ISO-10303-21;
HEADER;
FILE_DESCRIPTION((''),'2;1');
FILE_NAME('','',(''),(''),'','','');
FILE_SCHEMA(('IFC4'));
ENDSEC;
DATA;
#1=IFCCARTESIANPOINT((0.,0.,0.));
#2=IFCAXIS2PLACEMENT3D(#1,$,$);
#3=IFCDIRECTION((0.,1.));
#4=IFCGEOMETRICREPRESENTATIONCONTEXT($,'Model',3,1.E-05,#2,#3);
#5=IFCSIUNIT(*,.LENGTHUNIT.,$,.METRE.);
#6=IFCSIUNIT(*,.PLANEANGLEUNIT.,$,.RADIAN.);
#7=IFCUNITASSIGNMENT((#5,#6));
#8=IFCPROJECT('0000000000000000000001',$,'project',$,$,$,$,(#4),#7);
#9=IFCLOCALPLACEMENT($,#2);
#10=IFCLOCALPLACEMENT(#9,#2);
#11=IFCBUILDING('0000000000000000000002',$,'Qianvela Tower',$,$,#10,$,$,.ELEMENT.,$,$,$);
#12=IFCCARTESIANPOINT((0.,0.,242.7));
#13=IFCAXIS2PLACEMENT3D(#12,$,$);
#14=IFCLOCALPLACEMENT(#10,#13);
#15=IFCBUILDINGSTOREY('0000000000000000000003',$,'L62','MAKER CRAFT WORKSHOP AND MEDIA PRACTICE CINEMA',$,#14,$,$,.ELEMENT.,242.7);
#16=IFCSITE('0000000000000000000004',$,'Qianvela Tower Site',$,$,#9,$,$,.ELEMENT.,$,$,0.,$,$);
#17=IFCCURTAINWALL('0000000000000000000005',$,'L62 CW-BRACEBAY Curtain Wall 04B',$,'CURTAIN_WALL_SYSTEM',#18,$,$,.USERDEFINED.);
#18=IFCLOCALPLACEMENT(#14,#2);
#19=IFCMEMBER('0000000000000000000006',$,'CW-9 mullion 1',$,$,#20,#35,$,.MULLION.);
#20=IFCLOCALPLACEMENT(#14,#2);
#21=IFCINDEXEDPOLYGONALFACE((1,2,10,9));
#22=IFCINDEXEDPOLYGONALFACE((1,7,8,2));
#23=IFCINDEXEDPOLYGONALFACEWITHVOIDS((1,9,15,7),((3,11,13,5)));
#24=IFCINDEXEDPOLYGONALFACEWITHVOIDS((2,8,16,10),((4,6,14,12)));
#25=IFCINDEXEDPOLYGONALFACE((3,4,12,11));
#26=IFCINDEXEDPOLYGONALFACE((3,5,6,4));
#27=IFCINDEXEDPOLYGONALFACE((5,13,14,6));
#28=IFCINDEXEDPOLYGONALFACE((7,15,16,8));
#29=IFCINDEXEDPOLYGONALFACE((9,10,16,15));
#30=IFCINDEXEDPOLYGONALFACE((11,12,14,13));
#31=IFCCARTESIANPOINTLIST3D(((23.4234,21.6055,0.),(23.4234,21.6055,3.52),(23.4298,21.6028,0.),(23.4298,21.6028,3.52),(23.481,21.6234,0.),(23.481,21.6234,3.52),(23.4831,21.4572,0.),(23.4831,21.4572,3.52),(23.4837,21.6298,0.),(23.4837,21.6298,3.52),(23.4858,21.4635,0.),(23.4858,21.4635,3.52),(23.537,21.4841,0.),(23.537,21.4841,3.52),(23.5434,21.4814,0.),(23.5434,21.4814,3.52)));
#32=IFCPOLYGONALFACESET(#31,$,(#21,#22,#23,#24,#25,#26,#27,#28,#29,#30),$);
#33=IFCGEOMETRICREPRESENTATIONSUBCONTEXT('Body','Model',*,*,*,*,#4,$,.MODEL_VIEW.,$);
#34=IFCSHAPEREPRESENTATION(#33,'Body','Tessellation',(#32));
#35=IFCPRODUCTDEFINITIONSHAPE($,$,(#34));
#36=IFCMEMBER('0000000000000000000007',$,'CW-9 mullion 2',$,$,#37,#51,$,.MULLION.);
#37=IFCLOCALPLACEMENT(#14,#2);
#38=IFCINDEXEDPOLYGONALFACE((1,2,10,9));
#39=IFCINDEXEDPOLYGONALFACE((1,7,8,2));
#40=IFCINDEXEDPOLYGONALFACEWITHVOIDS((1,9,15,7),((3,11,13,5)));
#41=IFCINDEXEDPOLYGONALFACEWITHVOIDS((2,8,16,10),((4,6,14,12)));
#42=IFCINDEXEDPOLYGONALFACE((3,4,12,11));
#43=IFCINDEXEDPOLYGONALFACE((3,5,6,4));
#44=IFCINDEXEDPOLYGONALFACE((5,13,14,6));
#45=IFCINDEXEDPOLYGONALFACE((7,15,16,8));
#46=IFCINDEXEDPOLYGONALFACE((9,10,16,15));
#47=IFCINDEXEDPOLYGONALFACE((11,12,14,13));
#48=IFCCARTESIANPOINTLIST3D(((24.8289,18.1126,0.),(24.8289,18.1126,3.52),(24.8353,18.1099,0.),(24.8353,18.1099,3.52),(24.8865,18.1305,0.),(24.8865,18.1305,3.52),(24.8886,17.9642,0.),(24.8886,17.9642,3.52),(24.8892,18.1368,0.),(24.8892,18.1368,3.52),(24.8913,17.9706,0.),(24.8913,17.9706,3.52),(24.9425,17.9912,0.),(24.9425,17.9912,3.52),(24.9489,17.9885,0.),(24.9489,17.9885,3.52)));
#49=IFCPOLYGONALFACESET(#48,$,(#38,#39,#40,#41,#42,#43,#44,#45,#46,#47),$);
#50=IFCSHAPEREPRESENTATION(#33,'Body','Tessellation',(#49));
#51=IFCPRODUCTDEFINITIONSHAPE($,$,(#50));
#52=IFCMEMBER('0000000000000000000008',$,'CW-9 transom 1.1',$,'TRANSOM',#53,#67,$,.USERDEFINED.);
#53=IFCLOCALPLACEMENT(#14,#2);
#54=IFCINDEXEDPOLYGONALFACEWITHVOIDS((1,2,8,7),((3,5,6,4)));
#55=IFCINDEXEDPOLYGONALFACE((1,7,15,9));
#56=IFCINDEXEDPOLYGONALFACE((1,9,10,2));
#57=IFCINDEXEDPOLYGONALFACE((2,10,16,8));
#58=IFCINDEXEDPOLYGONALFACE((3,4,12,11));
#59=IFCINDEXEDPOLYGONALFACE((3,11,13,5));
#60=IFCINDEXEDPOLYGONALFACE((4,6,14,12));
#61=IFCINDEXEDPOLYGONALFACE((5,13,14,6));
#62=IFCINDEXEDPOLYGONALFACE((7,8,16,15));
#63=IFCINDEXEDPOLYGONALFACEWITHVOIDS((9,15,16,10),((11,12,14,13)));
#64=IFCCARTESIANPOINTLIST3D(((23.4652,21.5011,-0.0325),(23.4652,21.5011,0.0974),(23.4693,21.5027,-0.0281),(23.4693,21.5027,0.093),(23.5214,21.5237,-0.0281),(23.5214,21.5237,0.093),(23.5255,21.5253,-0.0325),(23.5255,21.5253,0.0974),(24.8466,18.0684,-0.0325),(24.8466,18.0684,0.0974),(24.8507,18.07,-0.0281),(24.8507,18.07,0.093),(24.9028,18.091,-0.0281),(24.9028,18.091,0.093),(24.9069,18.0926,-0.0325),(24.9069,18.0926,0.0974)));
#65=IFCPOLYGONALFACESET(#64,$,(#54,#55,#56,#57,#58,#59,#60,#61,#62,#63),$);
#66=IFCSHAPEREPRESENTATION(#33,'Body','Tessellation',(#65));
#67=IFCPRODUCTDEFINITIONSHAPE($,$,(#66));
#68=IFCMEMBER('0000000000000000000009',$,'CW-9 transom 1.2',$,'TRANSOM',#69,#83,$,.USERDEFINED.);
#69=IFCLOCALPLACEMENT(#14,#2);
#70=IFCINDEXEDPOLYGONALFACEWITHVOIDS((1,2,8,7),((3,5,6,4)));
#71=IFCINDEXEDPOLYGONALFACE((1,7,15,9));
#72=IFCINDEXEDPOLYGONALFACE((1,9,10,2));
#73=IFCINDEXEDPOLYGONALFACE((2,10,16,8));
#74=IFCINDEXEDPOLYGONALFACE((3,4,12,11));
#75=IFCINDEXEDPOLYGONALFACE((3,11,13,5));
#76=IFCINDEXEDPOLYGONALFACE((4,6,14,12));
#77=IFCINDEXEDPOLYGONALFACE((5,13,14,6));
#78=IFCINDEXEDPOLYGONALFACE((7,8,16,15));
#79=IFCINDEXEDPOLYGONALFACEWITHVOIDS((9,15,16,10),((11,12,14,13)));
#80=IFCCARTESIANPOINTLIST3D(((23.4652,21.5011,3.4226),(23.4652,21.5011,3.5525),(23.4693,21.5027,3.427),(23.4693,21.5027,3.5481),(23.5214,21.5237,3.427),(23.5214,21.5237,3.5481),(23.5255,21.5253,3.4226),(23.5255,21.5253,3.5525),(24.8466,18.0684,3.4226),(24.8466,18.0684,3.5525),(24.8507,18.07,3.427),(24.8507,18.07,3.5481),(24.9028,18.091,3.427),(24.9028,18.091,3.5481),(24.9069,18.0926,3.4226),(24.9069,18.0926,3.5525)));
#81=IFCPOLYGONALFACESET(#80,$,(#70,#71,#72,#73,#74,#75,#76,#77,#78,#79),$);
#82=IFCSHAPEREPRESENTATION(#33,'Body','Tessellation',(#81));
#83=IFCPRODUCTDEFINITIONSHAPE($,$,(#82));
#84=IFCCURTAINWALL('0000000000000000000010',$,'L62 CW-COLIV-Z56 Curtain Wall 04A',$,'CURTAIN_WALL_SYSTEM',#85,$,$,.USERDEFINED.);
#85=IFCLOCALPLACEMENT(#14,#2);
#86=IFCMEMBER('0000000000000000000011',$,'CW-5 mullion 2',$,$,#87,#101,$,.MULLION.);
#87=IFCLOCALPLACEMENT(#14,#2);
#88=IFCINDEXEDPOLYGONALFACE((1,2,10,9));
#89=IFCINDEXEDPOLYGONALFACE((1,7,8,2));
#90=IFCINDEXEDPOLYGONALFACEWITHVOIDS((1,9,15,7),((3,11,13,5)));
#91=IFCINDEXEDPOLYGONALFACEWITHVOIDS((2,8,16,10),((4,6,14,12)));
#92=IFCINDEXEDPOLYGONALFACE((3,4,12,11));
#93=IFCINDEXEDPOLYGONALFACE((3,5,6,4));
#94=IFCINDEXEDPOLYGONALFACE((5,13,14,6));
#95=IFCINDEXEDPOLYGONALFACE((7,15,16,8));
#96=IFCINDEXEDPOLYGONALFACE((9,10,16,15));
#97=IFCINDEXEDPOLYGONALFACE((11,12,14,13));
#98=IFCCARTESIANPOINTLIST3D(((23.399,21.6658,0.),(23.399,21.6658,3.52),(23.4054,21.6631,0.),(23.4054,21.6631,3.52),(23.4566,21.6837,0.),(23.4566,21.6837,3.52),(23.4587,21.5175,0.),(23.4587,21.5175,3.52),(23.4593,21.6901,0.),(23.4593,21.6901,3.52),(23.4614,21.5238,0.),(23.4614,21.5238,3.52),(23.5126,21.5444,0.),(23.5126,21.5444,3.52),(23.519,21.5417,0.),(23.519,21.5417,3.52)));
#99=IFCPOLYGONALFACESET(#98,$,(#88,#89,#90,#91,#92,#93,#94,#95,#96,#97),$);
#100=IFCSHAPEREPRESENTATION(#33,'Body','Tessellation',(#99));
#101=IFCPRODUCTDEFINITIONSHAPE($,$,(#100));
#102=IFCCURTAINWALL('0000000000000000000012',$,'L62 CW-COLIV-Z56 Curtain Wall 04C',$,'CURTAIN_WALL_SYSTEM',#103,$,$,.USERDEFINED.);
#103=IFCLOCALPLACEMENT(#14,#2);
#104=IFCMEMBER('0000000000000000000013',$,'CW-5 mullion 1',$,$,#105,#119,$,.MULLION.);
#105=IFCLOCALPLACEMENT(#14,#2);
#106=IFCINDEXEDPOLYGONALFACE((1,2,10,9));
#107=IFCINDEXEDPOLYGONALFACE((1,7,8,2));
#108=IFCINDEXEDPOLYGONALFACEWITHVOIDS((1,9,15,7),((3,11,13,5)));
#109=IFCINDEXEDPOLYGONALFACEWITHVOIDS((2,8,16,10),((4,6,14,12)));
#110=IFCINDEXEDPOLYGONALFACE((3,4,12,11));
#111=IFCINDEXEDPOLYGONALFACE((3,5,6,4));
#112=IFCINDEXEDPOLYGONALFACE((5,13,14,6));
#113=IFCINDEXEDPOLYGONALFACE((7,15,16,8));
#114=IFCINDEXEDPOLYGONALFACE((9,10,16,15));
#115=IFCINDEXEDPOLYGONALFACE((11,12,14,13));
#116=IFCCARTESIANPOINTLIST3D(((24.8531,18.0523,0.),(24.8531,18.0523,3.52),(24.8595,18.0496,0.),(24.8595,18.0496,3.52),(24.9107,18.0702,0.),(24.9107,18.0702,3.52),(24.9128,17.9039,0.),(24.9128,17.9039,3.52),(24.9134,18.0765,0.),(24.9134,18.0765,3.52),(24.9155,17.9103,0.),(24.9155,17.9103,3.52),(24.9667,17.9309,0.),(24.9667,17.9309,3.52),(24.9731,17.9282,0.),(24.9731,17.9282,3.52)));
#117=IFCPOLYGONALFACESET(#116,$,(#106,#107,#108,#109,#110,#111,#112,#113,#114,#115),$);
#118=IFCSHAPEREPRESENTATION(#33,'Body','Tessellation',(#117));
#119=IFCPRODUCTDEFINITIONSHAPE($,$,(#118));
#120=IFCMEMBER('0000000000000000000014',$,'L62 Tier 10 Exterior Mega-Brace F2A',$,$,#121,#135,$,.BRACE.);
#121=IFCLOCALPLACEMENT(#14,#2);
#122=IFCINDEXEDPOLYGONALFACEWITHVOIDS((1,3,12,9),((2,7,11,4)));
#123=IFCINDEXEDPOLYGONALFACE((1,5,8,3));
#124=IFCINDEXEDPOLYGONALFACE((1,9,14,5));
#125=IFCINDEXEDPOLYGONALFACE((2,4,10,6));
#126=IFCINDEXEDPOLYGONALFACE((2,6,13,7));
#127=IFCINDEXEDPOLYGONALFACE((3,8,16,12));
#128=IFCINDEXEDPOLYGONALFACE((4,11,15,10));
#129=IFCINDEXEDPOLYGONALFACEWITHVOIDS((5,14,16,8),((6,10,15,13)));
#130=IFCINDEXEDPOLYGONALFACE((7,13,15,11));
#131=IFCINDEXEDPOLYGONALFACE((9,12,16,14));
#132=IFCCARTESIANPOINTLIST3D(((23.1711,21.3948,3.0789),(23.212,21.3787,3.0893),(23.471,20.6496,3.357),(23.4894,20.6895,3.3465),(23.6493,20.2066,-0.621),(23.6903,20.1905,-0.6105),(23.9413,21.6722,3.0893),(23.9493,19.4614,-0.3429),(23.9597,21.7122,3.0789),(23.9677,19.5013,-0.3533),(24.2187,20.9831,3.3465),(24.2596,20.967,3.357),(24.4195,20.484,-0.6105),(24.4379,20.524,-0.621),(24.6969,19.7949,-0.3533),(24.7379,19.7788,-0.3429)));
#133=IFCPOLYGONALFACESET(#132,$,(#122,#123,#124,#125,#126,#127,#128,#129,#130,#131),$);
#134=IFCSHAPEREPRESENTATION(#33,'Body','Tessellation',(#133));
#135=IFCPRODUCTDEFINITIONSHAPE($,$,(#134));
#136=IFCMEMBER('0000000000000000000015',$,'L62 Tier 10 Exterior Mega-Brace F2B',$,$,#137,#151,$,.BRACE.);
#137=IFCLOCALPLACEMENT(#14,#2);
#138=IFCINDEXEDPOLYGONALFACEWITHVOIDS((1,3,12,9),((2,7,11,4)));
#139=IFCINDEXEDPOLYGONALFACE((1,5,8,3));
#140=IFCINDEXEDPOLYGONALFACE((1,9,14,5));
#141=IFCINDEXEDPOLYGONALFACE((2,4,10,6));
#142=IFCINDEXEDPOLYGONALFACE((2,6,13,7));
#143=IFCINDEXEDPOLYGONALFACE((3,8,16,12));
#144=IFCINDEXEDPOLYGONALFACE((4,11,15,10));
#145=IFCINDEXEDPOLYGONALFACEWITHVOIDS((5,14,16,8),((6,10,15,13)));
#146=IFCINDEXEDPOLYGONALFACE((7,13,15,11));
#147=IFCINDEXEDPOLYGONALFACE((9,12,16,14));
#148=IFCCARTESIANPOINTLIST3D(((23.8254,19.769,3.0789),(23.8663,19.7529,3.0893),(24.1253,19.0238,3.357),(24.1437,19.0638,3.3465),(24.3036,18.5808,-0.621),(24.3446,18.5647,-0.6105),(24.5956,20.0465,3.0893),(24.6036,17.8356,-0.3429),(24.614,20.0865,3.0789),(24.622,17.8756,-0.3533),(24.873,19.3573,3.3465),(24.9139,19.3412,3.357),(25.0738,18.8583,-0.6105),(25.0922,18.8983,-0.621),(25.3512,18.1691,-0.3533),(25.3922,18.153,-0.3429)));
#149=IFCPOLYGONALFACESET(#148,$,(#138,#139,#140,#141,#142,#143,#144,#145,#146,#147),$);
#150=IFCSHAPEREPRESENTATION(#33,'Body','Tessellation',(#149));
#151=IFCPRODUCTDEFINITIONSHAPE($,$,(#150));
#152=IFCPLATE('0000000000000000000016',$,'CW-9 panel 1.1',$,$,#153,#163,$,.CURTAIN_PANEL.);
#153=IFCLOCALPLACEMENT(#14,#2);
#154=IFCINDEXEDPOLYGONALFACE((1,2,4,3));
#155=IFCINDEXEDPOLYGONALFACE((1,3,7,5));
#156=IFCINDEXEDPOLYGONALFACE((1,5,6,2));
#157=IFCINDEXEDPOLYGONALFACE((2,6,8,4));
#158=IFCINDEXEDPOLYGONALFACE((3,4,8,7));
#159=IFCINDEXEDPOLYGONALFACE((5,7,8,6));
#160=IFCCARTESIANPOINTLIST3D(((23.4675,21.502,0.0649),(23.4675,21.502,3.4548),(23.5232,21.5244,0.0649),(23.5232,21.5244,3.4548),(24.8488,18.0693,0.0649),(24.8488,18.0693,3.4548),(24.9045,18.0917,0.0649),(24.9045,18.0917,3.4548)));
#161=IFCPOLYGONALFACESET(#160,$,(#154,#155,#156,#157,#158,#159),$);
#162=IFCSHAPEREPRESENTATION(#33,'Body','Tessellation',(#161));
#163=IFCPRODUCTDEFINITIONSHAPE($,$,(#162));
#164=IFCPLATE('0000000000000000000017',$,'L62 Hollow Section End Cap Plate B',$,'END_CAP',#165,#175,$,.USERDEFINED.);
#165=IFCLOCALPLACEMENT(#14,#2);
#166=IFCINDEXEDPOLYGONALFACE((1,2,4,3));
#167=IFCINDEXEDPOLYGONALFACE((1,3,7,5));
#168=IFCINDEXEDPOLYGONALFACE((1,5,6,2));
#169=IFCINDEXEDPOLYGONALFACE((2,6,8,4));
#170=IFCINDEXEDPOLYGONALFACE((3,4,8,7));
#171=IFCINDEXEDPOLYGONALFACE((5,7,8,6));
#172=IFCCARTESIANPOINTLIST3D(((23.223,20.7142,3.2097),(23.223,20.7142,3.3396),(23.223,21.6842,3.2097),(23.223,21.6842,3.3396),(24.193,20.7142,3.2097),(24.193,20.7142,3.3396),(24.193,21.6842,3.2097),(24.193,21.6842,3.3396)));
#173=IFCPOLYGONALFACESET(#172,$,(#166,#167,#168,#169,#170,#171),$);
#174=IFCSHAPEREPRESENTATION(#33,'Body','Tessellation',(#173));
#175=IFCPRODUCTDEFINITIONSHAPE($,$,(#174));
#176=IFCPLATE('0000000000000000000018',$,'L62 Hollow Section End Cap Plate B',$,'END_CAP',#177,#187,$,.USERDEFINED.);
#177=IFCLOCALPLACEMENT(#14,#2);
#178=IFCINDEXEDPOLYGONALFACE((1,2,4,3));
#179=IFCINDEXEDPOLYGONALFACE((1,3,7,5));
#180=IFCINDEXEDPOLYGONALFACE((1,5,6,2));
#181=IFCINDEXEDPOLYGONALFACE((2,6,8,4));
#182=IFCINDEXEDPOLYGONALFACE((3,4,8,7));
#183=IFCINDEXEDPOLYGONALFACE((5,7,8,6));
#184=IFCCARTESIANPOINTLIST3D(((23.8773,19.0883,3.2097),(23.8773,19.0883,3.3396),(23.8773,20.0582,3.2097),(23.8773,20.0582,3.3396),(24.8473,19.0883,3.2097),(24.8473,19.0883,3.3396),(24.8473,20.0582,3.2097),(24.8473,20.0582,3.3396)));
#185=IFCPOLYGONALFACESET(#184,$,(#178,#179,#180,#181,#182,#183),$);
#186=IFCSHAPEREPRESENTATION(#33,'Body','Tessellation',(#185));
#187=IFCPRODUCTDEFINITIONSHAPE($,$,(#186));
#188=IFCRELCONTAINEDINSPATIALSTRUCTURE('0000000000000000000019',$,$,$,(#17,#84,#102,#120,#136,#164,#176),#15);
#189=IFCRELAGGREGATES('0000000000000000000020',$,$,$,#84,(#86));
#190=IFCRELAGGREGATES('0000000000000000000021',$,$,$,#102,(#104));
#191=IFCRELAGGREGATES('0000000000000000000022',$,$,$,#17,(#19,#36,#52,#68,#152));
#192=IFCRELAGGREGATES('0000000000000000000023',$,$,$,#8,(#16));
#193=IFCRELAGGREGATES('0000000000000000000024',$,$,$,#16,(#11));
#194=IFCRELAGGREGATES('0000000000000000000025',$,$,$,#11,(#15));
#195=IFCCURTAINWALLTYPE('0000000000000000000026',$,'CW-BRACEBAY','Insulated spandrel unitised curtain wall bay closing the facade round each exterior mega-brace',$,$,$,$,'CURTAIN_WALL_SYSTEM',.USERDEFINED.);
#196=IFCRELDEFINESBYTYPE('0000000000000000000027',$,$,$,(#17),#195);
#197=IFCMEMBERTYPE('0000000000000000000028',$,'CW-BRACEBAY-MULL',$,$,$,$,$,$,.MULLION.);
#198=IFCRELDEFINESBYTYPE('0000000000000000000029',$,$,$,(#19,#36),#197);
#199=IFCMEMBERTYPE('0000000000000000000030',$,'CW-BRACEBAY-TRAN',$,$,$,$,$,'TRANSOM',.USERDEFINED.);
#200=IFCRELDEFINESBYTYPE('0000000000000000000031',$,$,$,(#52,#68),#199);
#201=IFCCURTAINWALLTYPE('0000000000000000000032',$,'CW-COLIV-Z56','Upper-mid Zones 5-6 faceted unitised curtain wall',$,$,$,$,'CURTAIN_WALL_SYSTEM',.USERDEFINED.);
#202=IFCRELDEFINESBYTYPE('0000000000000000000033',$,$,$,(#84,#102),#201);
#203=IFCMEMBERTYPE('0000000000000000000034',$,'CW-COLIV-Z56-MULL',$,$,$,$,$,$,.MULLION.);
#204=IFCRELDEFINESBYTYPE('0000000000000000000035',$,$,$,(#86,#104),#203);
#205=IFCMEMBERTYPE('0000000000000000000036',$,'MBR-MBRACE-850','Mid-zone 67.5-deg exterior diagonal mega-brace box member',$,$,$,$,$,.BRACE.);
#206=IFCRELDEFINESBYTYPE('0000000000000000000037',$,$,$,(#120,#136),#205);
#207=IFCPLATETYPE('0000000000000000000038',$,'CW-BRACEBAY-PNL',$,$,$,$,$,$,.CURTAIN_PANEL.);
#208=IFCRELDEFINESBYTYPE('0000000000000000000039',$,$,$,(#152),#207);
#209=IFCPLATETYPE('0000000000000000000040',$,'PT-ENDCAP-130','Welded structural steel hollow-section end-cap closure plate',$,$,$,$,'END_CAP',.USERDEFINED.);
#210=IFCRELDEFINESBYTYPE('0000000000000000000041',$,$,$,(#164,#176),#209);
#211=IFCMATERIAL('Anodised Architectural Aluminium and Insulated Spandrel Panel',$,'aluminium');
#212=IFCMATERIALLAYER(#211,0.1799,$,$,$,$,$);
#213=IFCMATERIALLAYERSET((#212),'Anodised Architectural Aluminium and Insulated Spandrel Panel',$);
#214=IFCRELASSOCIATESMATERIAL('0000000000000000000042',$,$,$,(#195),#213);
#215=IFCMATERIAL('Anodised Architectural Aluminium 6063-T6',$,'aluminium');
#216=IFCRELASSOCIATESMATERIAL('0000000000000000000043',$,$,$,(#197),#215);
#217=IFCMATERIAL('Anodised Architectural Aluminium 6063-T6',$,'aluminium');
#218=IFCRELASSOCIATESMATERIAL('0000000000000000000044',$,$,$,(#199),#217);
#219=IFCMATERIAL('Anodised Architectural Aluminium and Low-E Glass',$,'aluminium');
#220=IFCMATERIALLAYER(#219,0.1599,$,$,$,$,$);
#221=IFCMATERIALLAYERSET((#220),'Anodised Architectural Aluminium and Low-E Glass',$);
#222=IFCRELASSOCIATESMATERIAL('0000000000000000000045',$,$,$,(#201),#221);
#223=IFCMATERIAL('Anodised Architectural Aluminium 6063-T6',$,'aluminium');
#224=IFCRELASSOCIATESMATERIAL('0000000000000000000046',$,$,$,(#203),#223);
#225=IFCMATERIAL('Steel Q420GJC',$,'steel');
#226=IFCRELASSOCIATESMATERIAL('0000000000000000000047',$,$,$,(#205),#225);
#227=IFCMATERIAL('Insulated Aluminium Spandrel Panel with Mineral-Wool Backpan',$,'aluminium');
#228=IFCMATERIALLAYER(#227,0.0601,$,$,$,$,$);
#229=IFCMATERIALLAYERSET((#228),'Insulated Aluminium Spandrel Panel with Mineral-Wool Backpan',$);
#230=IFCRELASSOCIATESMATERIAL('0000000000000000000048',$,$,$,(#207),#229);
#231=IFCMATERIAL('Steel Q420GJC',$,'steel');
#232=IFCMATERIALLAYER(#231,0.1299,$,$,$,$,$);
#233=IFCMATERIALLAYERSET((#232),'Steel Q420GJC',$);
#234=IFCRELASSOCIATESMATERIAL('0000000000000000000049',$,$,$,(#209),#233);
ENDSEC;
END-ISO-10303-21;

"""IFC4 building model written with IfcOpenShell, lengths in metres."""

from ifc_helpers import new_model, si_unit, direction, frame, origin, origin_2d, place, context, subcontext, project, spatial, rectangle, hollow_rectangle, extrude, material, layer, layer_set, material_profile, profile_set, type_object, element, aggregate, save


model = new_model("IFC4")

# Units and contexts
model_context = context("Model", 3, precision=1e-05, world=origin(), true_north=direction((0.0, 1.0)))
body_context = subcontext(model_context, "Body", "Model", "MODEL_VIEW")
ifc_project = project(units=[si_unit("LENGTHUNIT", "METRE"), si_unit("PLANEANGLEUNIT", "RADIAN")], contexts=[model_context])

# Site, building, storey
site_placement = place(None, origin())
site = spatial("IfcSite", under=ifc_project, at=site_placement, Name="Qianvela Tower Site", CompositionType="ELEMENT", RefElevation=0.0)
building_placement = place(site_placement, origin())
building = spatial("IfcBuilding", under=site, at=building_placement, Name="Qianvela Tower", CompositionType="ELEMENT")
storey_placement = place(building_placement, frame((0.0, 0.0, 242.7)))
storey = spatial("IfcBuildingStorey", under=building, at=storey_placement, Name="L62", Description="MAKER CRAFT WORKSHOP AND MEDIA PRACTICE CINEMA", CompositionType="ELEMENT", Elevation=242.7)

# Curtain wall, members
ifc_material_1 = material(Name="Anodised Architectural Aluminium and Insulated Spandrel Panel", Category="aluminium")
ifc_layer_1 = layer(ifc_material_1, 0.1799)
ifc_layer_set_1 = layer_set([ifc_layer_1], Name="Anodised Architectural Aluminium and Insulated Spandrel Panel")
curtain_wall_type_1 = type_object("IfcCurtainWallType", Name="CW-BRACEBAY", Description="Insulated spandrel unitised curtain wall bay closing the facade round each exterior mega-brace", ElementType="CURTAIN_WALL_SYSTEM", PredefinedType="USERDEFINED", material=ifc_layer_set_1)
curtain_wall_1_placement = place(storey_placement, origin())
curtain_wall_1 = element("IfcCurtainWall", 1, at=curtain_wall_1_placement, inside=storey, type_object=curtain_wall_type_1, Name="L62 CW-BRACEBAY Curtain Wall 04B", ObjectType="CURTAIN_WALL_SYSTEM", PredefinedType="USERDEFINED")
ifc_material_2 = material(Name="Anodised Architectural Aluminium 6063-T6", Category="aluminium")
ifc_material_profile_1 = material_profile(ifc_material_2, hollow_rectangle(XDim=0.0649, YDim=0.1599, WallThickness=0.0049, at=origin_2d()), Name="ALU-MULL-65x160")
ifc_profile_set_1 = profile_set([ifc_material_profile_1], Name="Anodised Architectural Aluminium 6063-T6")
member_type_1 = type_object("IfcMemberType", Name="CW-BRACEBAY-MULL", PredefinedType="MULLION", material=ifc_profile_set_1)
member_1_placement = place(storey_placement, frame((23.4834, 21.5435, 0.0), z_axis=(0.0, 0.0, 1.0), x_axis=(0.927708, 0.373308, 0.0)))
member_1 = element("IfcMember", 2, at=member_1_placement, type_object=member_type_1, Name="CW-9 mullion 1", PredefinedType="MULLION", context=body_context, shape_type="SweptSolid", body=[
    extrude(hollow_rectangle(XDim=0.0649, YDim=0.1599, WallThickness=0.0049, at=origin_2d()), origin(), (0.0, 0.0, 1.0), 3.52),
])
member_2_placement = place(storey_placement, frame((24.8889, 18.0505, 0.0), z_axis=(0.0, 0.0, 1.0), x_axis=(0.927708, 0.373308, 0.0)))
member_2 = element("IfcMember", 3, at=member_2_placement, type_object=member_type_1, Name="CW-9 mullion 2", PredefinedType="MULLION", context=body_context, shape_type="SweptSolid", body=[
    extrude(hollow_rectangle(XDim=0.0649, YDim=0.1599, WallThickness=0.0049, at=origin_2d()), origin(), (0.0, 0.0, 1.0), 3.52),
])
ifc_material_3 = material(Name="Anodised Architectural Aluminium 6063-T6", Category="aluminium")
ifc_material_profile_2 = material_profile(ifc_material_3, hollow_rectangle(XDim=0.0649, YDim=0.1299, WallThickness=0.0044, at=origin_2d()), Name="ALU-TRAN-65x130")
ifc_profile_set_2 = profile_set([ifc_material_profile_2], Name="Anodised Architectural Aluminium 6063-T6")
member_type_2 = type_object("IfcMemberType", Name="CW-BRACEBAY-TRAN", ElementType="TRANSOM", PredefinedType="USERDEFINED", material=ifc_profile_set_2)
member_3_placement = place(storey_placement, frame((23.4954, 21.5132, 0.0325), z_axis=(0.373324, -0.927701, 0.0), x_axis=(0.927701, 0.373324, 0.0)))
member_3 = element("IfcMember", 4, at=member_3_placement, type_object=member_type_2, Name="CW-9 transom 1.1", ObjectType="TRANSOM", PredefinedType="USERDEFINED", context=body_context, shape_type="SweptSolid", body=[
    extrude(hollow_rectangle(XDim=0.0649, YDim=0.1299, WallThickness=0.0044, at=origin_2d()), origin(), (0.0, 0.0, 1.0), 3.7002),
])
member_4_placement = place(storey_placement, frame((23.4954, 21.5132, 3.4875), z_axis=(0.373324, -0.927701, 0.0), x_axis=(0.927701, 0.373324, 0.0)))
member_4 = element("IfcMember", 5, at=member_4_placement, type_object=member_type_2, Name="CW-9 transom 1.2", ObjectType="TRANSOM", PredefinedType="USERDEFINED", context=body_context, shape_type="SweptSolid", body=[
    extrude(hollow_rectangle(XDim=0.0649, YDim=0.1299, WallThickness=0.0044, at=origin_2d()), origin(), (0.0, 0.0, 1.0), 3.7002),
])

# Curtain walls, members
ifc_material_4 = material(Name="Anodised Architectural Aluminium and Low-E Glass", Category="aluminium")
ifc_layer_2 = layer(ifc_material_4, 0.1599)
ifc_layer_set_2 = layer_set([ifc_layer_2], Name="Anodised Architectural Aluminium and Low-E Glass")
curtain_wall_type_2 = type_object("IfcCurtainWallType", Name="CW-COLIV-Z56", Description="Upper-mid Zones 5-6 faceted unitised curtain wall", ElementType="CURTAIN_WALL_SYSTEM", PredefinedType="USERDEFINED", material=ifc_layer_set_2)
curtain_wall_2_placement = place(storey_placement, origin())
curtain_wall_2 = element("IfcCurtainWall", 6, at=curtain_wall_2_placement, inside=storey, type_object=curtain_wall_type_2, Name="L62 CW-COLIV-Z56 Curtain Wall 04A", ObjectType="CURTAIN_WALL_SYSTEM", PredefinedType="USERDEFINED")
ifc_material_5 = material(Name="Anodised Architectural Aluminium 6063-T6", Category="aluminium")
ifc_material_profile_3 = material_profile(ifc_material_5, hollow_rectangle(XDim=0.0649, YDim=0.1599, WallThickness=0.0049, at=origin_2d()), Name="ALU-MULL-65x160")
ifc_profile_set_3 = profile_set([ifc_material_profile_3], Name="Anodised Architectural Aluminium 6063-T6")
member_type_3 = type_object("IfcMemberType", Name="CW-COLIV-Z56-MULL", PredefinedType="MULLION", material=ifc_profile_set_3)
member_5_placement = place(storey_placement, frame((23.459, 21.6038, 0.0), z_axis=(0.0, 0.0, 1.0), x_axis=(0.927708, 0.373306, 0.0)))
member_5 = element("IfcMember", 7, at=member_5_placement, type_object=member_type_3, Name="CW-5 mullion 2", PredefinedType="MULLION", context=body_context, shape_type="SweptSolid", body=[
    extrude(hollow_rectangle(XDim=0.0649, YDim=0.1599, WallThickness=0.0049, at=origin_2d()), origin(), (0.0, 0.0, 1.0), 3.52),
])
aggregate(curtain_wall_2, [member_5])
curtain_wall_3_placement = place(storey_placement, origin())
curtain_wall_3 = element("IfcCurtainWall", 8, at=curtain_wall_3_placement, inside=storey, type_object=curtain_wall_type_2, Name="L62 CW-COLIV-Z56 Curtain Wall 04C", ObjectType="CURTAIN_WALL_SYSTEM", PredefinedType="USERDEFINED")
member_6_placement = place(storey_placement, frame((24.9131, 17.9902, 0.0), z_axis=(0.0, 0.0, 1.0), x_axis=(0.927707, 0.37331, 0.0)))
member_6 = element("IfcMember", 9, at=member_6_placement, type_object=member_type_3, Name="CW-5 mullion 1", PredefinedType="MULLION", context=body_context, shape_type="SweptSolid", body=[
    extrude(hollow_rectangle(XDim=0.0649, YDim=0.1599, WallThickness=0.0049, at=origin_2d()), origin(), (0.0, 0.0, 1.0), 3.52),
])
aggregate(curtain_wall_3, [member_6])

# Members
ifc_material_6 = material(Name="Steel Q420GJC", Category="steel")
ifc_material_profile_4 = material_profile(ifc_material_6, hollow_rectangle(XDim=0.8501, YDim=0.8501, WallThickness=0.032, at=origin_2d()), Name="MBOX-850x850x32")
ifc_profile_set_4 = profile_set([ifc_material_profile_4], Name="Steel Q420GJC")
member_type_4 = type_object("IfcMemberType", Name="MBR-MBRACE-850", Description="Mid-zone 67.5-deg exterior diagonal mega-brace box member", PredefinedType="BRACE", material=ifc_profile_set_4)
for number, where, z_axis, x_axis, name in (
    (10, (24.1936, 19.9927, -0.4819), (-0.122152, 0.303477, 0.944976), (-0.927673, -0.373394, 0.0), "L62 Tier 10 Exterior Mega-Brace F2A"),
    (11, (24.8479, 18.3669, -0.4819), (-0.122152, 0.303477, 0.944976), (-0.927673, -0.373394, 0.0), "L62 Tier 10 Exterior Mega-Brace F2B"),
):
    element("IfcMember", number, at=place(storey_placement, frame(where, z_axis=z_axis, x_axis=x_axis)), inside=storey, type_object=member_type_4, Name=name, PredefinedType="BRACE", context=body_context, shape_type="SweptSolid", body=[
        extrude(hollow_rectangle(XDim=0.8501, YDim=0.8501, WallThickness=0.032, at=origin_2d()), origin(), (0.0, 0.0, 1.0), 3.9153),
    ])

# Plate
ifc_material_7 = material(Name="Insulated Aluminium Spandrel Panel with Mineral-Wool Backpan", Category="aluminium")
ifc_layer_3 = layer(ifc_material_7, 0.0601)
ifc_layer_set_3 = layer_set([ifc_layer_3], Name="Insulated Aluminium Spandrel Panel with Mineral-Wool Backpan")
plate_type_1 = type_object("IfcPlateType", Name="CW-BRACEBAY-PNL", PredefinedType="CURTAIN_PANEL", material=ifc_layer_set_3)
plate_placement = place(storey_placement, frame((24.186, 19.7969, 0.0649), z_axis=(0.0, 0.0, 1.0), x_axis=(0.373308, -0.927708, 0.0)))
plate = element("IfcPlate", 12, at=plate_placement, type_object=plate_type_1, Name="CW-9 panel 1.1", PredefinedType="CURTAIN_PANEL", context=body_context, shape_type="SweptSolid", body=[
    extrude(rectangle(XDim=3.7002, YDim=0.0601, at=origin_2d()), origin(), (0.0, 0.0, 1.0), 3.3899),
])
aggregate(curtain_wall_1, [member_1, member_2, member_3, member_4, plate])

# Plates
ifc_material_8 = material(Name="Steel Q420GJC", Category="steel")
ifc_layer_4 = layer(ifc_material_8, 0.1299)
ifc_layer_set_4 = layer_set([ifc_layer_4], Name="Steel Q420GJC")
plate_type_2 = type_object("IfcPlateType", Name="PT-ENDCAP-130", Description="Welded structural steel hollow-section end-cap closure plate", ElementType="END_CAP", PredefinedType="USERDEFINED", material=ifc_layer_set_4)
for number, where, z_axis, x_axis, name in (
    (13, (23.708, 21.1992, 3.2097), (0.0, 0.0, 1.0), (1.0, 0.0, 0.0), "L62 Hollow Section End Cap Plate B"),
    (14, (24.3623, 19.5732, 3.2097), (0.0, 0.0, 1.0), (1.0, 0.0, 0.0), "L62 Hollow Section End Cap Plate B"),
):
    element("IfcPlate", number, at=place(storey_placement, frame(where, z_axis=z_axis, x_axis=x_axis)), inside=storey, type_object=plate_type_2, Name=name, ObjectType="END_CAP", PredefinedType="USERDEFINED", context=body_context, shape_type="SweptSolid", body=[
        extrude(rectangle(XDim=0.97, YDim=0.97, at=origin_2d()), origin(), (0.0, 0.0, 1.0), 0.1299),
    ])

save(model, "model.ifc")
